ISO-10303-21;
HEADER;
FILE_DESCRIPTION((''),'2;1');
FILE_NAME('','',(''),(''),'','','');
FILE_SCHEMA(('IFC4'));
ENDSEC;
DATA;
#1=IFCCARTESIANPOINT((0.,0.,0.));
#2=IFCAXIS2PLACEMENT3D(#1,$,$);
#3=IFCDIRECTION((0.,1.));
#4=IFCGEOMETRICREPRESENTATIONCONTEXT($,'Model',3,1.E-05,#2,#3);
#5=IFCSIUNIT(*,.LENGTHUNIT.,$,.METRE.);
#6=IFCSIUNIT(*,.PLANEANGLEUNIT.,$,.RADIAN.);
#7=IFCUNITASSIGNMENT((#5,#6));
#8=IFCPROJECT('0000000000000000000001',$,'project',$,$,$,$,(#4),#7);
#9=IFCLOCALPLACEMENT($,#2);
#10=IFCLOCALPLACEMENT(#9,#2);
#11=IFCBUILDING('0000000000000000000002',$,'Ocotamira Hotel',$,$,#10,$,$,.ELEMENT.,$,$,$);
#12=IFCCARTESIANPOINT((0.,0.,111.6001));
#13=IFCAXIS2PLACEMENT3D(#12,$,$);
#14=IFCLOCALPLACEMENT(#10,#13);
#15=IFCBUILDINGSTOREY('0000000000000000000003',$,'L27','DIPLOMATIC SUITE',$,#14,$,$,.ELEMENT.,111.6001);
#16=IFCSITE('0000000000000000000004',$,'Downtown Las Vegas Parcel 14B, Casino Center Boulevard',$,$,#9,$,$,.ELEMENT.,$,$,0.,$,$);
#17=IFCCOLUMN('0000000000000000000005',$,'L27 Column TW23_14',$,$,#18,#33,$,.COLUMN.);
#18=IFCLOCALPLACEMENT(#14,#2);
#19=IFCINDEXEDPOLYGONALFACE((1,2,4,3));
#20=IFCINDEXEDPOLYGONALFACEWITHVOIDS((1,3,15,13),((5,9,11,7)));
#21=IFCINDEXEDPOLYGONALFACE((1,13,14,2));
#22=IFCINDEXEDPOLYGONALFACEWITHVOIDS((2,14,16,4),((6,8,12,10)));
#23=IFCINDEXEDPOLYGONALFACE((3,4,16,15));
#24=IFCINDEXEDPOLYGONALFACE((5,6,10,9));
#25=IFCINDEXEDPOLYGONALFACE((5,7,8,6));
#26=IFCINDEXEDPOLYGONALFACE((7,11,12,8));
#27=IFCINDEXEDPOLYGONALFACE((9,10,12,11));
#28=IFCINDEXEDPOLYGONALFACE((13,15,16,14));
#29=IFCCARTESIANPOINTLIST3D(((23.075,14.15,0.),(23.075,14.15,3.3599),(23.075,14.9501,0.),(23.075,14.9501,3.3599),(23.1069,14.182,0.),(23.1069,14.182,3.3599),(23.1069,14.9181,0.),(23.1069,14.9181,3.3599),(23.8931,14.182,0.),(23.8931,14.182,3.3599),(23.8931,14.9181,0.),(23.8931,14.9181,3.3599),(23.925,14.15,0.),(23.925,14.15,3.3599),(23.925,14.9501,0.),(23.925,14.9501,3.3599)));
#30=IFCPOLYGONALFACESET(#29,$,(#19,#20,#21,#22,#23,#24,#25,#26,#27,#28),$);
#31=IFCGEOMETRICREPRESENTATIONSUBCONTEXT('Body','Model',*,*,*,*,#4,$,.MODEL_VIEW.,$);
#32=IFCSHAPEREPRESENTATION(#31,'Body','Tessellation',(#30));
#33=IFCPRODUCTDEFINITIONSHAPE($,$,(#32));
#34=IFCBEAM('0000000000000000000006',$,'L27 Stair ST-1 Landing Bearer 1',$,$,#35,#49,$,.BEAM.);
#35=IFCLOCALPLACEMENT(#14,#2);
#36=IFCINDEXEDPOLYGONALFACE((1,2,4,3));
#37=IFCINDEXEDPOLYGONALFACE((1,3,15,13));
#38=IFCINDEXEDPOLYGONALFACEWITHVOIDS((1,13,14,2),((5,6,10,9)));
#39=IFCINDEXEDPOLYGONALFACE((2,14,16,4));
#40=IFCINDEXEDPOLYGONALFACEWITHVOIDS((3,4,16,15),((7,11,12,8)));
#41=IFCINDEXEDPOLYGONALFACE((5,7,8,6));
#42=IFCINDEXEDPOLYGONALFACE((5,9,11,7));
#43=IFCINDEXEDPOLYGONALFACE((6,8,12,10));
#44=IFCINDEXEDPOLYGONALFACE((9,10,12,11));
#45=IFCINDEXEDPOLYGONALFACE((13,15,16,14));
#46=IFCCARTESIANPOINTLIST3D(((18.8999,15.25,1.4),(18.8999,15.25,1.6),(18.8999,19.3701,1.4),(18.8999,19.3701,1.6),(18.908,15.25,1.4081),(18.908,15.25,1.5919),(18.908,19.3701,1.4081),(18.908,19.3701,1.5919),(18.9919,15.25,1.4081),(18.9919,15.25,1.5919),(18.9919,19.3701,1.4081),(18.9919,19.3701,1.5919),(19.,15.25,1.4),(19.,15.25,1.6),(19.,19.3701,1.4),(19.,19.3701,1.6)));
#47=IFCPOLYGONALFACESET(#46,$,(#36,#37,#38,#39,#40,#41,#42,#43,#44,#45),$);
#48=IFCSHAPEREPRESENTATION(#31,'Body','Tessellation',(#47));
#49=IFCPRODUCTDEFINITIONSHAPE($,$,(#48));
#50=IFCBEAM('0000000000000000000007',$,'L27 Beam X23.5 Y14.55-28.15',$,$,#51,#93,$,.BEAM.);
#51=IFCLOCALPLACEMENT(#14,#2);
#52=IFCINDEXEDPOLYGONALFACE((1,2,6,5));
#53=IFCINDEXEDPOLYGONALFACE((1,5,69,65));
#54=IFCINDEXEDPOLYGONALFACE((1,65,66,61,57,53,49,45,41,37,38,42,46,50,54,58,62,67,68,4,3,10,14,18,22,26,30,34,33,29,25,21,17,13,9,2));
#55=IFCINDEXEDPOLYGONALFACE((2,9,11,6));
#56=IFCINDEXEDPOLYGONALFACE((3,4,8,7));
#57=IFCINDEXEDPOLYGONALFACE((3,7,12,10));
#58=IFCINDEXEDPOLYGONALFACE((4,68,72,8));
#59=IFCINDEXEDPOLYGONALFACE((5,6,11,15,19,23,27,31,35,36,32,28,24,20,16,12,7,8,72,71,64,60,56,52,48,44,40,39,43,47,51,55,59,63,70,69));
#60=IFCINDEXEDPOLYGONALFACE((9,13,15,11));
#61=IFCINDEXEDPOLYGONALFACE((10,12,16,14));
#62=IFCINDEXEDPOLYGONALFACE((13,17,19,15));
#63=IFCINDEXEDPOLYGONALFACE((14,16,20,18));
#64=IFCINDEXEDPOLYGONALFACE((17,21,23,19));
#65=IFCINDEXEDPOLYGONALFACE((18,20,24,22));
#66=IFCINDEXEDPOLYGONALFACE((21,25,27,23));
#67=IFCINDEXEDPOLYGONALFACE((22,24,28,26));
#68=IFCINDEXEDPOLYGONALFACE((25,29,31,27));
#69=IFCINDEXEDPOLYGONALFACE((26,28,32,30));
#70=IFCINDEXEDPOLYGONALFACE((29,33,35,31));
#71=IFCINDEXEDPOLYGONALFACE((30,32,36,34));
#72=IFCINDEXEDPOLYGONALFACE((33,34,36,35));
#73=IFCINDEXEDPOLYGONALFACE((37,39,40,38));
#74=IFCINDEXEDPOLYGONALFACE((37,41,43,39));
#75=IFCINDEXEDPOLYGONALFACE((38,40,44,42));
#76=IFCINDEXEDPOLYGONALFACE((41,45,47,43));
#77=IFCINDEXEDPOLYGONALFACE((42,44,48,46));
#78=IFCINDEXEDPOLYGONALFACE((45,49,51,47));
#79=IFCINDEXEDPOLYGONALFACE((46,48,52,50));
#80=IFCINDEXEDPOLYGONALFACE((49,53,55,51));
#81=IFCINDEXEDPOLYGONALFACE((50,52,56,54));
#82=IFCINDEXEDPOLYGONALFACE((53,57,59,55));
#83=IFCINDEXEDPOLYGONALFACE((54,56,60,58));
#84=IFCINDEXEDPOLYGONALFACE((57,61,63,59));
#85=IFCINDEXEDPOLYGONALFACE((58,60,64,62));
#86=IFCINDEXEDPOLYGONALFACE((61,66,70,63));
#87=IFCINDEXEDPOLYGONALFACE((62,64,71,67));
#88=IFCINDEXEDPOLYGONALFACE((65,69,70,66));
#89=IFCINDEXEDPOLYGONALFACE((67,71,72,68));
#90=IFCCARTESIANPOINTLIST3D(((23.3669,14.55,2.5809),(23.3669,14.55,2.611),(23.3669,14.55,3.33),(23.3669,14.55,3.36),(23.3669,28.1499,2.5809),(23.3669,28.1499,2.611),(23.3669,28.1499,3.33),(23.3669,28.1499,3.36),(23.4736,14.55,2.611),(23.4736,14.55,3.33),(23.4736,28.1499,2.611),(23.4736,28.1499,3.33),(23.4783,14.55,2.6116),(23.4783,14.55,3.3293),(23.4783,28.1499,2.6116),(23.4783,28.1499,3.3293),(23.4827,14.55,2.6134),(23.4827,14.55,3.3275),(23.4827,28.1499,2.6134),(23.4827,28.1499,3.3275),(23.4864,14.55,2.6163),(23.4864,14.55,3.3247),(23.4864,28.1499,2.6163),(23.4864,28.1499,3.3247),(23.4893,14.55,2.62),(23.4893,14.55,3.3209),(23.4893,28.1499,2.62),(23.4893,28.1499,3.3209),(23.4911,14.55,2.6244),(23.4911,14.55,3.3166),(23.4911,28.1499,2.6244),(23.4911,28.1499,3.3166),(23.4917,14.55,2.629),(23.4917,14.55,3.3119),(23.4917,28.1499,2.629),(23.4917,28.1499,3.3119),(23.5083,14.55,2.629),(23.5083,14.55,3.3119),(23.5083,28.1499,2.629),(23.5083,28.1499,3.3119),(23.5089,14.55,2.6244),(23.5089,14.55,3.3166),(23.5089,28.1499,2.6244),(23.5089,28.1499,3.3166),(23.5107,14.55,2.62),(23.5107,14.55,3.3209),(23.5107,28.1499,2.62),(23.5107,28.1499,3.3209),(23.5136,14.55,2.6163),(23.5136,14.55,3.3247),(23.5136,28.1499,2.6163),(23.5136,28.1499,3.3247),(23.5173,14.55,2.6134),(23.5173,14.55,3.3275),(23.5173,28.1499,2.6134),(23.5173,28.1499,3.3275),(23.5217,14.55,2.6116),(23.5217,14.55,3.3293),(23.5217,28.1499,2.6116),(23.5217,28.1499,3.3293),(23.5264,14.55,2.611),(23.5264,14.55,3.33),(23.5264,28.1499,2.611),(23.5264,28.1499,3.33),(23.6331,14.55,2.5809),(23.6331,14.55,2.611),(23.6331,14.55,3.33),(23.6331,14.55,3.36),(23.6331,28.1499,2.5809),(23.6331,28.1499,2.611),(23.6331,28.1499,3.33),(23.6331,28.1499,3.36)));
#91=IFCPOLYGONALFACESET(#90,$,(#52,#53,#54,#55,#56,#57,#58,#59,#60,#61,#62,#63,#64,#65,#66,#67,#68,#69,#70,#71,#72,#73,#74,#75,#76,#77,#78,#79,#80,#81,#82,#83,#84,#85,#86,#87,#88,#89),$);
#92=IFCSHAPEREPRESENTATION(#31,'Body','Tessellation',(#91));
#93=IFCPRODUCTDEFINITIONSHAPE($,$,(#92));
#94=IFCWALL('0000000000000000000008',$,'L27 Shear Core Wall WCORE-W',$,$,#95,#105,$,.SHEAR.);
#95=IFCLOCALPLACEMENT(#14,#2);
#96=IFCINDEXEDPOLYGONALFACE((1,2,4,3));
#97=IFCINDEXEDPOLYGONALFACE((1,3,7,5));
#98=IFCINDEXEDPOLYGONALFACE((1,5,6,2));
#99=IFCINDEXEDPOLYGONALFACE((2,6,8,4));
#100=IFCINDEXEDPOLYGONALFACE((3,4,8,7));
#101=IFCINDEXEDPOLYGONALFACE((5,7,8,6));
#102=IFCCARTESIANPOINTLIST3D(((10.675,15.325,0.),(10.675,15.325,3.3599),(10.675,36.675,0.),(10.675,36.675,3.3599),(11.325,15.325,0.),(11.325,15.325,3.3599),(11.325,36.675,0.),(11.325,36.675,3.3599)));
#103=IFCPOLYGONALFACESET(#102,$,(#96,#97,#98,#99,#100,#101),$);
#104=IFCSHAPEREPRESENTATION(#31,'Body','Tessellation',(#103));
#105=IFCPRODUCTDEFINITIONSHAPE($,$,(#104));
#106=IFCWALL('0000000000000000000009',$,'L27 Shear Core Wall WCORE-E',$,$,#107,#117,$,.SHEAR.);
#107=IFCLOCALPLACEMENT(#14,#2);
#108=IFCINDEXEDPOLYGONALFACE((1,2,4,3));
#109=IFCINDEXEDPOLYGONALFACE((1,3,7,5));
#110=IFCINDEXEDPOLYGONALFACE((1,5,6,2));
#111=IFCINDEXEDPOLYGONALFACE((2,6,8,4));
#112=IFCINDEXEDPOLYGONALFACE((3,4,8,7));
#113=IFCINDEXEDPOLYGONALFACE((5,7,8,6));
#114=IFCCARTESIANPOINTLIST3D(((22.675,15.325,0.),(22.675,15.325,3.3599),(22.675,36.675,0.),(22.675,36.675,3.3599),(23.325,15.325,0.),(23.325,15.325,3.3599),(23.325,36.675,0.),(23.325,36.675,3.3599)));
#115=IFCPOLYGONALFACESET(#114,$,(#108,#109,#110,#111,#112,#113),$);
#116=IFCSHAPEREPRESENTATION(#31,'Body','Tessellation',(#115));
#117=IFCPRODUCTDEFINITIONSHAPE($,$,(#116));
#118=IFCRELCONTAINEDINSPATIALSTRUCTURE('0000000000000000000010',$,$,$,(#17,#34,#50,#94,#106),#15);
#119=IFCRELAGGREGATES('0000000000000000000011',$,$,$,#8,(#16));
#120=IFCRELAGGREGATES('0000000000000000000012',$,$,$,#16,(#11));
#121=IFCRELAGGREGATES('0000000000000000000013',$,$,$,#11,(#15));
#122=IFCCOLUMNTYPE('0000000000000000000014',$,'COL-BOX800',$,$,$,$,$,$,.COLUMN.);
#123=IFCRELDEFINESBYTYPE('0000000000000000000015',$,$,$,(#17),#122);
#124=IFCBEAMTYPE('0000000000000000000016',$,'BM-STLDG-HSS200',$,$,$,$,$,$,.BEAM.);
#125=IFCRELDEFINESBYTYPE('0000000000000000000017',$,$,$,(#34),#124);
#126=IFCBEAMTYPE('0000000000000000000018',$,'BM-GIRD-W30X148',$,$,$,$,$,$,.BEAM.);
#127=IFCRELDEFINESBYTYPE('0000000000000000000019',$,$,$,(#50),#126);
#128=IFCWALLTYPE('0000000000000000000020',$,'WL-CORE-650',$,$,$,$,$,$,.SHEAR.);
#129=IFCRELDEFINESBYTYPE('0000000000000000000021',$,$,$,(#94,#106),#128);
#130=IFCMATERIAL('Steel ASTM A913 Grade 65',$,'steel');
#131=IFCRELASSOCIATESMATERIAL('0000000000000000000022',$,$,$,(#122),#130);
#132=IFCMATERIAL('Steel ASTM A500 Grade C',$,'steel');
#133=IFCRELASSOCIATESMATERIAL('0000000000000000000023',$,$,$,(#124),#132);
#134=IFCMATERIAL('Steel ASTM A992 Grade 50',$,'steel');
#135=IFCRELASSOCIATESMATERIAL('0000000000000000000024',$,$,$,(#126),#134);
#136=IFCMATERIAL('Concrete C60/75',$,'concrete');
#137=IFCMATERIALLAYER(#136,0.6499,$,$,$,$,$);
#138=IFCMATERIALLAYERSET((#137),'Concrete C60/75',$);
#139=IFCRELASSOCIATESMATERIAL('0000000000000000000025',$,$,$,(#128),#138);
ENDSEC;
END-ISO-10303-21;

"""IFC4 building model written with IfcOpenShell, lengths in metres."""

from ifc_helpers import new_model, si_unit, direction, frame, frame_2d, origin, origin_2d, place, context, subcontext, project, spatial, rectangle, hollow_rectangle, i_section, extrude, source, transform, mapped, material, layer, layer_set, material_profile, profile_set, type_object, element, save


model = new_model("IFC4")

# Units and contexts
model_context = context("Model", 3, precision=1e-05, world=origin(), true_north=direction((0.0, 1.0)))
body_context = subcontext(model_context, "Body", "Model", "MODEL_VIEW")
ifc_project = project(units=[si_unit("LENGTHUNIT", "METRE"), si_unit("PLANEANGLEUNIT", "RADIAN")], contexts=[model_context])

# Site, building, storey
site_placement = place(None, origin())
site = spatial("IfcSite", under=ifc_project, at=site_placement, Name="Downtown Las Vegas Parcel 14B, Casino Center Boulevard", CompositionType="ELEMENT", RefElevation=0.0)
building_placement = place(site_placement, origin())
building = spatial("IfcBuilding", under=site, at=building_placement, Name="Ocotamira Hotel", CompositionType="ELEMENT")
storey_placement = place(building_placement, frame((0.0, 0.0, 111.6001)))
storey = spatial("IfcBuildingStorey", under=building, at=storey_placement, Name="L27", Description="DIPLOMATIC SUITE", CompositionType="ELEMENT", Elevation=111.6001)

# Column
ifc_material_1 = material(Name="Steel ASTM A913 Grade 65", Category="steel")
ifc_material_profile_1 = material_profile(ifc_material_1, hollow_rectangle(XDim=0.8501, YDim=0.8, WallThickness=0.032, at=origin_2d()), Name="BOX800X850X32")
ifc_profile_set_1 = profile_set([ifc_material_profile_1], Name="Steel ASTM A913 Grade 65")
column_type = type_object("IfcColumnType", Name="COL-BOX800", PredefinedType="COLUMN", material=ifc_profile_set_1)
shared_shape_1 = source(origin(), body_context, "Body", "SweptSolid", [
    extrude(hollow_rectangle(XDim=0.8501, YDim=0.8, WallThickness=0.032, at=origin_2d()), origin(), (0.0, 0.0, 1.0), 3.3599),
])
column_placement = place(storey_placement, frame((23.5, 14.55, 0.0), z_axis=(0.0, 0.0, 1.0), x_axis=(1.0, 0.0, 0.0)))
element("IfcColumn", 1, at=column_placement, inside=storey, type_object=column_type, Name="L27 Column TW23_14", PredefinedType="COLUMN", context=body_context, shape_type="MappedRepresentation", body=[
    mapped(shared_shape_1, transform((0.0, 0.0, 0.0), scale=1.0)),
])

# Beams
ifc_material_2 = material(Name="Steel ASTM A500 Grade C", Category="steel")
ifc_material_profile_2 = material_profile(ifc_material_2, hollow_rectangle(XDim=0.1001, YDim=0.2, WallThickness=0.0081, at=origin_2d()), Name="HSS200X100X8")
ifc_profile_set_2 = profile_set([ifc_material_profile_2], Name="Steel ASTM A500 Grade C")
beam_type_1 = type_object("IfcBeamType", Name="BM-STLDG-HSS200", PredefinedType="BEAM", material=ifc_profile_set_2)
shared_shape_2 = source(origin(), body_context, "Body", "SweptSolid", [
    extrude(hollow_rectangle(XDim=0.1001, YDim=0.2, WallThickness=0.0081, at=origin_2d()), origin(), (0.0, 0.0, 1.0), 4.1201),
])
beam_1_placement = place(storey_placement, frame((18.95, 15.25, 1.5), z_axis=(0.0, 1.0, 0.0), x_axis=(-1.0, 0.0, 0.0)))
element("IfcBeam", 2, at=beam_1_placement, inside=storey, type_object=beam_type_1, Name="L27 Stair ST-1 Landing Bearer 1", PredefinedType="BEAM", context=body_context, shape_type="MappedRepresentation", body=[
    mapped(shared_shape_2, transform((0.0, 0.0, 0.0), scale=1.0)),
])
ifc_material_3 = material(Name="Steel ASTM A992 Grade 50", Category="steel")
ifc_material_profile_3 = material_profile(ifc_material_3, i_section(OverallWidth=0.2661, OverallDepth=0.7791, WebThickness=0.0166, FlangeThickness=0.03, FilletRadius=0.0181, at=origin_2d()), Name="W30X148")
ifc_profile_set_3 = profile_set([ifc_material_profile_3], Name="Steel ASTM A992 Grade 50")
beam_type_2 = type_object("IfcBeamType", Name="BM-GIRD-W30X148", PredefinedType="BEAM", material=ifc_profile_set_3)
shared_shape_3 = source(origin(), body_context, "Body", "SweptSolid", [
    extrude(i_section(OverallWidth=0.2661, OverallDepth=0.7791, WebThickness=0.0166, FlangeThickness=0.03, FilletRadius=0.0181, at=origin_2d()), origin(), (0.0, 0.0, 1.0), 13.5999),
])
beam_2_placement = place(storey_placement, frame((23.5, 14.55, 2.9705), z_axis=(0.0, 1.0, 0.0), x_axis=(-1.0, 0.0, 0.0)))
element("IfcBeam", 3, at=beam_2_placement, inside=storey, type_object=beam_type_2, Name="L27 Beam X23.5 Y14.55-28.15", PredefinedType="BEAM", context=body_context, shape_type="MappedRepresentation", body=[
    mapped(shared_shape_3, transform((0.0, 0.0, 0.0), scale=1.0)),
])

# Shared definitions
ifc_material_4 = material(Name="Concrete C60/75", Category="concrete")
ifc_layer_1 = layer(ifc_material_4, 0.6499)
ifc_layer_set_1 = layer_set([ifc_layer_1], Name="Concrete C60/75")
wall_type_1 = type_object("IfcWallType", Name="WL-CORE-650", PredefinedType="SHEAR", material=ifc_layer_set_1)

# Walls
for number, where, z_axis, x_axis, name in (
    (4, (11.0, 15.325, 0.0), (0.0, 0.0, 1.0), (0.0, 1.0, 0.0), "L27 Shear Core Wall WCORE-W"),
    (5, (23.0, 15.325, 0.0), (0.0, 0.0, 1.0), (0.0, 1.0, 0.0), "L27 Shear Core Wall WCORE-E"),
):
    element("IfcWall", number, at=place(storey_placement, frame(where, z_axis=z_axis, x_axis=x_axis)), inside=storey, type_object=wall_type_1, Name=name, PredefinedType="SHEAR", context=body_context, shape_type="SweptSolid", body=[
        extrude(rectangle(XDim=21.3501, YDim=0.6499, at=frame_2d((10.675, 0.0))), origin(), (0.0, 0.0, 1.0), 3.3599),
    ])

save(model, "model.ifc")
